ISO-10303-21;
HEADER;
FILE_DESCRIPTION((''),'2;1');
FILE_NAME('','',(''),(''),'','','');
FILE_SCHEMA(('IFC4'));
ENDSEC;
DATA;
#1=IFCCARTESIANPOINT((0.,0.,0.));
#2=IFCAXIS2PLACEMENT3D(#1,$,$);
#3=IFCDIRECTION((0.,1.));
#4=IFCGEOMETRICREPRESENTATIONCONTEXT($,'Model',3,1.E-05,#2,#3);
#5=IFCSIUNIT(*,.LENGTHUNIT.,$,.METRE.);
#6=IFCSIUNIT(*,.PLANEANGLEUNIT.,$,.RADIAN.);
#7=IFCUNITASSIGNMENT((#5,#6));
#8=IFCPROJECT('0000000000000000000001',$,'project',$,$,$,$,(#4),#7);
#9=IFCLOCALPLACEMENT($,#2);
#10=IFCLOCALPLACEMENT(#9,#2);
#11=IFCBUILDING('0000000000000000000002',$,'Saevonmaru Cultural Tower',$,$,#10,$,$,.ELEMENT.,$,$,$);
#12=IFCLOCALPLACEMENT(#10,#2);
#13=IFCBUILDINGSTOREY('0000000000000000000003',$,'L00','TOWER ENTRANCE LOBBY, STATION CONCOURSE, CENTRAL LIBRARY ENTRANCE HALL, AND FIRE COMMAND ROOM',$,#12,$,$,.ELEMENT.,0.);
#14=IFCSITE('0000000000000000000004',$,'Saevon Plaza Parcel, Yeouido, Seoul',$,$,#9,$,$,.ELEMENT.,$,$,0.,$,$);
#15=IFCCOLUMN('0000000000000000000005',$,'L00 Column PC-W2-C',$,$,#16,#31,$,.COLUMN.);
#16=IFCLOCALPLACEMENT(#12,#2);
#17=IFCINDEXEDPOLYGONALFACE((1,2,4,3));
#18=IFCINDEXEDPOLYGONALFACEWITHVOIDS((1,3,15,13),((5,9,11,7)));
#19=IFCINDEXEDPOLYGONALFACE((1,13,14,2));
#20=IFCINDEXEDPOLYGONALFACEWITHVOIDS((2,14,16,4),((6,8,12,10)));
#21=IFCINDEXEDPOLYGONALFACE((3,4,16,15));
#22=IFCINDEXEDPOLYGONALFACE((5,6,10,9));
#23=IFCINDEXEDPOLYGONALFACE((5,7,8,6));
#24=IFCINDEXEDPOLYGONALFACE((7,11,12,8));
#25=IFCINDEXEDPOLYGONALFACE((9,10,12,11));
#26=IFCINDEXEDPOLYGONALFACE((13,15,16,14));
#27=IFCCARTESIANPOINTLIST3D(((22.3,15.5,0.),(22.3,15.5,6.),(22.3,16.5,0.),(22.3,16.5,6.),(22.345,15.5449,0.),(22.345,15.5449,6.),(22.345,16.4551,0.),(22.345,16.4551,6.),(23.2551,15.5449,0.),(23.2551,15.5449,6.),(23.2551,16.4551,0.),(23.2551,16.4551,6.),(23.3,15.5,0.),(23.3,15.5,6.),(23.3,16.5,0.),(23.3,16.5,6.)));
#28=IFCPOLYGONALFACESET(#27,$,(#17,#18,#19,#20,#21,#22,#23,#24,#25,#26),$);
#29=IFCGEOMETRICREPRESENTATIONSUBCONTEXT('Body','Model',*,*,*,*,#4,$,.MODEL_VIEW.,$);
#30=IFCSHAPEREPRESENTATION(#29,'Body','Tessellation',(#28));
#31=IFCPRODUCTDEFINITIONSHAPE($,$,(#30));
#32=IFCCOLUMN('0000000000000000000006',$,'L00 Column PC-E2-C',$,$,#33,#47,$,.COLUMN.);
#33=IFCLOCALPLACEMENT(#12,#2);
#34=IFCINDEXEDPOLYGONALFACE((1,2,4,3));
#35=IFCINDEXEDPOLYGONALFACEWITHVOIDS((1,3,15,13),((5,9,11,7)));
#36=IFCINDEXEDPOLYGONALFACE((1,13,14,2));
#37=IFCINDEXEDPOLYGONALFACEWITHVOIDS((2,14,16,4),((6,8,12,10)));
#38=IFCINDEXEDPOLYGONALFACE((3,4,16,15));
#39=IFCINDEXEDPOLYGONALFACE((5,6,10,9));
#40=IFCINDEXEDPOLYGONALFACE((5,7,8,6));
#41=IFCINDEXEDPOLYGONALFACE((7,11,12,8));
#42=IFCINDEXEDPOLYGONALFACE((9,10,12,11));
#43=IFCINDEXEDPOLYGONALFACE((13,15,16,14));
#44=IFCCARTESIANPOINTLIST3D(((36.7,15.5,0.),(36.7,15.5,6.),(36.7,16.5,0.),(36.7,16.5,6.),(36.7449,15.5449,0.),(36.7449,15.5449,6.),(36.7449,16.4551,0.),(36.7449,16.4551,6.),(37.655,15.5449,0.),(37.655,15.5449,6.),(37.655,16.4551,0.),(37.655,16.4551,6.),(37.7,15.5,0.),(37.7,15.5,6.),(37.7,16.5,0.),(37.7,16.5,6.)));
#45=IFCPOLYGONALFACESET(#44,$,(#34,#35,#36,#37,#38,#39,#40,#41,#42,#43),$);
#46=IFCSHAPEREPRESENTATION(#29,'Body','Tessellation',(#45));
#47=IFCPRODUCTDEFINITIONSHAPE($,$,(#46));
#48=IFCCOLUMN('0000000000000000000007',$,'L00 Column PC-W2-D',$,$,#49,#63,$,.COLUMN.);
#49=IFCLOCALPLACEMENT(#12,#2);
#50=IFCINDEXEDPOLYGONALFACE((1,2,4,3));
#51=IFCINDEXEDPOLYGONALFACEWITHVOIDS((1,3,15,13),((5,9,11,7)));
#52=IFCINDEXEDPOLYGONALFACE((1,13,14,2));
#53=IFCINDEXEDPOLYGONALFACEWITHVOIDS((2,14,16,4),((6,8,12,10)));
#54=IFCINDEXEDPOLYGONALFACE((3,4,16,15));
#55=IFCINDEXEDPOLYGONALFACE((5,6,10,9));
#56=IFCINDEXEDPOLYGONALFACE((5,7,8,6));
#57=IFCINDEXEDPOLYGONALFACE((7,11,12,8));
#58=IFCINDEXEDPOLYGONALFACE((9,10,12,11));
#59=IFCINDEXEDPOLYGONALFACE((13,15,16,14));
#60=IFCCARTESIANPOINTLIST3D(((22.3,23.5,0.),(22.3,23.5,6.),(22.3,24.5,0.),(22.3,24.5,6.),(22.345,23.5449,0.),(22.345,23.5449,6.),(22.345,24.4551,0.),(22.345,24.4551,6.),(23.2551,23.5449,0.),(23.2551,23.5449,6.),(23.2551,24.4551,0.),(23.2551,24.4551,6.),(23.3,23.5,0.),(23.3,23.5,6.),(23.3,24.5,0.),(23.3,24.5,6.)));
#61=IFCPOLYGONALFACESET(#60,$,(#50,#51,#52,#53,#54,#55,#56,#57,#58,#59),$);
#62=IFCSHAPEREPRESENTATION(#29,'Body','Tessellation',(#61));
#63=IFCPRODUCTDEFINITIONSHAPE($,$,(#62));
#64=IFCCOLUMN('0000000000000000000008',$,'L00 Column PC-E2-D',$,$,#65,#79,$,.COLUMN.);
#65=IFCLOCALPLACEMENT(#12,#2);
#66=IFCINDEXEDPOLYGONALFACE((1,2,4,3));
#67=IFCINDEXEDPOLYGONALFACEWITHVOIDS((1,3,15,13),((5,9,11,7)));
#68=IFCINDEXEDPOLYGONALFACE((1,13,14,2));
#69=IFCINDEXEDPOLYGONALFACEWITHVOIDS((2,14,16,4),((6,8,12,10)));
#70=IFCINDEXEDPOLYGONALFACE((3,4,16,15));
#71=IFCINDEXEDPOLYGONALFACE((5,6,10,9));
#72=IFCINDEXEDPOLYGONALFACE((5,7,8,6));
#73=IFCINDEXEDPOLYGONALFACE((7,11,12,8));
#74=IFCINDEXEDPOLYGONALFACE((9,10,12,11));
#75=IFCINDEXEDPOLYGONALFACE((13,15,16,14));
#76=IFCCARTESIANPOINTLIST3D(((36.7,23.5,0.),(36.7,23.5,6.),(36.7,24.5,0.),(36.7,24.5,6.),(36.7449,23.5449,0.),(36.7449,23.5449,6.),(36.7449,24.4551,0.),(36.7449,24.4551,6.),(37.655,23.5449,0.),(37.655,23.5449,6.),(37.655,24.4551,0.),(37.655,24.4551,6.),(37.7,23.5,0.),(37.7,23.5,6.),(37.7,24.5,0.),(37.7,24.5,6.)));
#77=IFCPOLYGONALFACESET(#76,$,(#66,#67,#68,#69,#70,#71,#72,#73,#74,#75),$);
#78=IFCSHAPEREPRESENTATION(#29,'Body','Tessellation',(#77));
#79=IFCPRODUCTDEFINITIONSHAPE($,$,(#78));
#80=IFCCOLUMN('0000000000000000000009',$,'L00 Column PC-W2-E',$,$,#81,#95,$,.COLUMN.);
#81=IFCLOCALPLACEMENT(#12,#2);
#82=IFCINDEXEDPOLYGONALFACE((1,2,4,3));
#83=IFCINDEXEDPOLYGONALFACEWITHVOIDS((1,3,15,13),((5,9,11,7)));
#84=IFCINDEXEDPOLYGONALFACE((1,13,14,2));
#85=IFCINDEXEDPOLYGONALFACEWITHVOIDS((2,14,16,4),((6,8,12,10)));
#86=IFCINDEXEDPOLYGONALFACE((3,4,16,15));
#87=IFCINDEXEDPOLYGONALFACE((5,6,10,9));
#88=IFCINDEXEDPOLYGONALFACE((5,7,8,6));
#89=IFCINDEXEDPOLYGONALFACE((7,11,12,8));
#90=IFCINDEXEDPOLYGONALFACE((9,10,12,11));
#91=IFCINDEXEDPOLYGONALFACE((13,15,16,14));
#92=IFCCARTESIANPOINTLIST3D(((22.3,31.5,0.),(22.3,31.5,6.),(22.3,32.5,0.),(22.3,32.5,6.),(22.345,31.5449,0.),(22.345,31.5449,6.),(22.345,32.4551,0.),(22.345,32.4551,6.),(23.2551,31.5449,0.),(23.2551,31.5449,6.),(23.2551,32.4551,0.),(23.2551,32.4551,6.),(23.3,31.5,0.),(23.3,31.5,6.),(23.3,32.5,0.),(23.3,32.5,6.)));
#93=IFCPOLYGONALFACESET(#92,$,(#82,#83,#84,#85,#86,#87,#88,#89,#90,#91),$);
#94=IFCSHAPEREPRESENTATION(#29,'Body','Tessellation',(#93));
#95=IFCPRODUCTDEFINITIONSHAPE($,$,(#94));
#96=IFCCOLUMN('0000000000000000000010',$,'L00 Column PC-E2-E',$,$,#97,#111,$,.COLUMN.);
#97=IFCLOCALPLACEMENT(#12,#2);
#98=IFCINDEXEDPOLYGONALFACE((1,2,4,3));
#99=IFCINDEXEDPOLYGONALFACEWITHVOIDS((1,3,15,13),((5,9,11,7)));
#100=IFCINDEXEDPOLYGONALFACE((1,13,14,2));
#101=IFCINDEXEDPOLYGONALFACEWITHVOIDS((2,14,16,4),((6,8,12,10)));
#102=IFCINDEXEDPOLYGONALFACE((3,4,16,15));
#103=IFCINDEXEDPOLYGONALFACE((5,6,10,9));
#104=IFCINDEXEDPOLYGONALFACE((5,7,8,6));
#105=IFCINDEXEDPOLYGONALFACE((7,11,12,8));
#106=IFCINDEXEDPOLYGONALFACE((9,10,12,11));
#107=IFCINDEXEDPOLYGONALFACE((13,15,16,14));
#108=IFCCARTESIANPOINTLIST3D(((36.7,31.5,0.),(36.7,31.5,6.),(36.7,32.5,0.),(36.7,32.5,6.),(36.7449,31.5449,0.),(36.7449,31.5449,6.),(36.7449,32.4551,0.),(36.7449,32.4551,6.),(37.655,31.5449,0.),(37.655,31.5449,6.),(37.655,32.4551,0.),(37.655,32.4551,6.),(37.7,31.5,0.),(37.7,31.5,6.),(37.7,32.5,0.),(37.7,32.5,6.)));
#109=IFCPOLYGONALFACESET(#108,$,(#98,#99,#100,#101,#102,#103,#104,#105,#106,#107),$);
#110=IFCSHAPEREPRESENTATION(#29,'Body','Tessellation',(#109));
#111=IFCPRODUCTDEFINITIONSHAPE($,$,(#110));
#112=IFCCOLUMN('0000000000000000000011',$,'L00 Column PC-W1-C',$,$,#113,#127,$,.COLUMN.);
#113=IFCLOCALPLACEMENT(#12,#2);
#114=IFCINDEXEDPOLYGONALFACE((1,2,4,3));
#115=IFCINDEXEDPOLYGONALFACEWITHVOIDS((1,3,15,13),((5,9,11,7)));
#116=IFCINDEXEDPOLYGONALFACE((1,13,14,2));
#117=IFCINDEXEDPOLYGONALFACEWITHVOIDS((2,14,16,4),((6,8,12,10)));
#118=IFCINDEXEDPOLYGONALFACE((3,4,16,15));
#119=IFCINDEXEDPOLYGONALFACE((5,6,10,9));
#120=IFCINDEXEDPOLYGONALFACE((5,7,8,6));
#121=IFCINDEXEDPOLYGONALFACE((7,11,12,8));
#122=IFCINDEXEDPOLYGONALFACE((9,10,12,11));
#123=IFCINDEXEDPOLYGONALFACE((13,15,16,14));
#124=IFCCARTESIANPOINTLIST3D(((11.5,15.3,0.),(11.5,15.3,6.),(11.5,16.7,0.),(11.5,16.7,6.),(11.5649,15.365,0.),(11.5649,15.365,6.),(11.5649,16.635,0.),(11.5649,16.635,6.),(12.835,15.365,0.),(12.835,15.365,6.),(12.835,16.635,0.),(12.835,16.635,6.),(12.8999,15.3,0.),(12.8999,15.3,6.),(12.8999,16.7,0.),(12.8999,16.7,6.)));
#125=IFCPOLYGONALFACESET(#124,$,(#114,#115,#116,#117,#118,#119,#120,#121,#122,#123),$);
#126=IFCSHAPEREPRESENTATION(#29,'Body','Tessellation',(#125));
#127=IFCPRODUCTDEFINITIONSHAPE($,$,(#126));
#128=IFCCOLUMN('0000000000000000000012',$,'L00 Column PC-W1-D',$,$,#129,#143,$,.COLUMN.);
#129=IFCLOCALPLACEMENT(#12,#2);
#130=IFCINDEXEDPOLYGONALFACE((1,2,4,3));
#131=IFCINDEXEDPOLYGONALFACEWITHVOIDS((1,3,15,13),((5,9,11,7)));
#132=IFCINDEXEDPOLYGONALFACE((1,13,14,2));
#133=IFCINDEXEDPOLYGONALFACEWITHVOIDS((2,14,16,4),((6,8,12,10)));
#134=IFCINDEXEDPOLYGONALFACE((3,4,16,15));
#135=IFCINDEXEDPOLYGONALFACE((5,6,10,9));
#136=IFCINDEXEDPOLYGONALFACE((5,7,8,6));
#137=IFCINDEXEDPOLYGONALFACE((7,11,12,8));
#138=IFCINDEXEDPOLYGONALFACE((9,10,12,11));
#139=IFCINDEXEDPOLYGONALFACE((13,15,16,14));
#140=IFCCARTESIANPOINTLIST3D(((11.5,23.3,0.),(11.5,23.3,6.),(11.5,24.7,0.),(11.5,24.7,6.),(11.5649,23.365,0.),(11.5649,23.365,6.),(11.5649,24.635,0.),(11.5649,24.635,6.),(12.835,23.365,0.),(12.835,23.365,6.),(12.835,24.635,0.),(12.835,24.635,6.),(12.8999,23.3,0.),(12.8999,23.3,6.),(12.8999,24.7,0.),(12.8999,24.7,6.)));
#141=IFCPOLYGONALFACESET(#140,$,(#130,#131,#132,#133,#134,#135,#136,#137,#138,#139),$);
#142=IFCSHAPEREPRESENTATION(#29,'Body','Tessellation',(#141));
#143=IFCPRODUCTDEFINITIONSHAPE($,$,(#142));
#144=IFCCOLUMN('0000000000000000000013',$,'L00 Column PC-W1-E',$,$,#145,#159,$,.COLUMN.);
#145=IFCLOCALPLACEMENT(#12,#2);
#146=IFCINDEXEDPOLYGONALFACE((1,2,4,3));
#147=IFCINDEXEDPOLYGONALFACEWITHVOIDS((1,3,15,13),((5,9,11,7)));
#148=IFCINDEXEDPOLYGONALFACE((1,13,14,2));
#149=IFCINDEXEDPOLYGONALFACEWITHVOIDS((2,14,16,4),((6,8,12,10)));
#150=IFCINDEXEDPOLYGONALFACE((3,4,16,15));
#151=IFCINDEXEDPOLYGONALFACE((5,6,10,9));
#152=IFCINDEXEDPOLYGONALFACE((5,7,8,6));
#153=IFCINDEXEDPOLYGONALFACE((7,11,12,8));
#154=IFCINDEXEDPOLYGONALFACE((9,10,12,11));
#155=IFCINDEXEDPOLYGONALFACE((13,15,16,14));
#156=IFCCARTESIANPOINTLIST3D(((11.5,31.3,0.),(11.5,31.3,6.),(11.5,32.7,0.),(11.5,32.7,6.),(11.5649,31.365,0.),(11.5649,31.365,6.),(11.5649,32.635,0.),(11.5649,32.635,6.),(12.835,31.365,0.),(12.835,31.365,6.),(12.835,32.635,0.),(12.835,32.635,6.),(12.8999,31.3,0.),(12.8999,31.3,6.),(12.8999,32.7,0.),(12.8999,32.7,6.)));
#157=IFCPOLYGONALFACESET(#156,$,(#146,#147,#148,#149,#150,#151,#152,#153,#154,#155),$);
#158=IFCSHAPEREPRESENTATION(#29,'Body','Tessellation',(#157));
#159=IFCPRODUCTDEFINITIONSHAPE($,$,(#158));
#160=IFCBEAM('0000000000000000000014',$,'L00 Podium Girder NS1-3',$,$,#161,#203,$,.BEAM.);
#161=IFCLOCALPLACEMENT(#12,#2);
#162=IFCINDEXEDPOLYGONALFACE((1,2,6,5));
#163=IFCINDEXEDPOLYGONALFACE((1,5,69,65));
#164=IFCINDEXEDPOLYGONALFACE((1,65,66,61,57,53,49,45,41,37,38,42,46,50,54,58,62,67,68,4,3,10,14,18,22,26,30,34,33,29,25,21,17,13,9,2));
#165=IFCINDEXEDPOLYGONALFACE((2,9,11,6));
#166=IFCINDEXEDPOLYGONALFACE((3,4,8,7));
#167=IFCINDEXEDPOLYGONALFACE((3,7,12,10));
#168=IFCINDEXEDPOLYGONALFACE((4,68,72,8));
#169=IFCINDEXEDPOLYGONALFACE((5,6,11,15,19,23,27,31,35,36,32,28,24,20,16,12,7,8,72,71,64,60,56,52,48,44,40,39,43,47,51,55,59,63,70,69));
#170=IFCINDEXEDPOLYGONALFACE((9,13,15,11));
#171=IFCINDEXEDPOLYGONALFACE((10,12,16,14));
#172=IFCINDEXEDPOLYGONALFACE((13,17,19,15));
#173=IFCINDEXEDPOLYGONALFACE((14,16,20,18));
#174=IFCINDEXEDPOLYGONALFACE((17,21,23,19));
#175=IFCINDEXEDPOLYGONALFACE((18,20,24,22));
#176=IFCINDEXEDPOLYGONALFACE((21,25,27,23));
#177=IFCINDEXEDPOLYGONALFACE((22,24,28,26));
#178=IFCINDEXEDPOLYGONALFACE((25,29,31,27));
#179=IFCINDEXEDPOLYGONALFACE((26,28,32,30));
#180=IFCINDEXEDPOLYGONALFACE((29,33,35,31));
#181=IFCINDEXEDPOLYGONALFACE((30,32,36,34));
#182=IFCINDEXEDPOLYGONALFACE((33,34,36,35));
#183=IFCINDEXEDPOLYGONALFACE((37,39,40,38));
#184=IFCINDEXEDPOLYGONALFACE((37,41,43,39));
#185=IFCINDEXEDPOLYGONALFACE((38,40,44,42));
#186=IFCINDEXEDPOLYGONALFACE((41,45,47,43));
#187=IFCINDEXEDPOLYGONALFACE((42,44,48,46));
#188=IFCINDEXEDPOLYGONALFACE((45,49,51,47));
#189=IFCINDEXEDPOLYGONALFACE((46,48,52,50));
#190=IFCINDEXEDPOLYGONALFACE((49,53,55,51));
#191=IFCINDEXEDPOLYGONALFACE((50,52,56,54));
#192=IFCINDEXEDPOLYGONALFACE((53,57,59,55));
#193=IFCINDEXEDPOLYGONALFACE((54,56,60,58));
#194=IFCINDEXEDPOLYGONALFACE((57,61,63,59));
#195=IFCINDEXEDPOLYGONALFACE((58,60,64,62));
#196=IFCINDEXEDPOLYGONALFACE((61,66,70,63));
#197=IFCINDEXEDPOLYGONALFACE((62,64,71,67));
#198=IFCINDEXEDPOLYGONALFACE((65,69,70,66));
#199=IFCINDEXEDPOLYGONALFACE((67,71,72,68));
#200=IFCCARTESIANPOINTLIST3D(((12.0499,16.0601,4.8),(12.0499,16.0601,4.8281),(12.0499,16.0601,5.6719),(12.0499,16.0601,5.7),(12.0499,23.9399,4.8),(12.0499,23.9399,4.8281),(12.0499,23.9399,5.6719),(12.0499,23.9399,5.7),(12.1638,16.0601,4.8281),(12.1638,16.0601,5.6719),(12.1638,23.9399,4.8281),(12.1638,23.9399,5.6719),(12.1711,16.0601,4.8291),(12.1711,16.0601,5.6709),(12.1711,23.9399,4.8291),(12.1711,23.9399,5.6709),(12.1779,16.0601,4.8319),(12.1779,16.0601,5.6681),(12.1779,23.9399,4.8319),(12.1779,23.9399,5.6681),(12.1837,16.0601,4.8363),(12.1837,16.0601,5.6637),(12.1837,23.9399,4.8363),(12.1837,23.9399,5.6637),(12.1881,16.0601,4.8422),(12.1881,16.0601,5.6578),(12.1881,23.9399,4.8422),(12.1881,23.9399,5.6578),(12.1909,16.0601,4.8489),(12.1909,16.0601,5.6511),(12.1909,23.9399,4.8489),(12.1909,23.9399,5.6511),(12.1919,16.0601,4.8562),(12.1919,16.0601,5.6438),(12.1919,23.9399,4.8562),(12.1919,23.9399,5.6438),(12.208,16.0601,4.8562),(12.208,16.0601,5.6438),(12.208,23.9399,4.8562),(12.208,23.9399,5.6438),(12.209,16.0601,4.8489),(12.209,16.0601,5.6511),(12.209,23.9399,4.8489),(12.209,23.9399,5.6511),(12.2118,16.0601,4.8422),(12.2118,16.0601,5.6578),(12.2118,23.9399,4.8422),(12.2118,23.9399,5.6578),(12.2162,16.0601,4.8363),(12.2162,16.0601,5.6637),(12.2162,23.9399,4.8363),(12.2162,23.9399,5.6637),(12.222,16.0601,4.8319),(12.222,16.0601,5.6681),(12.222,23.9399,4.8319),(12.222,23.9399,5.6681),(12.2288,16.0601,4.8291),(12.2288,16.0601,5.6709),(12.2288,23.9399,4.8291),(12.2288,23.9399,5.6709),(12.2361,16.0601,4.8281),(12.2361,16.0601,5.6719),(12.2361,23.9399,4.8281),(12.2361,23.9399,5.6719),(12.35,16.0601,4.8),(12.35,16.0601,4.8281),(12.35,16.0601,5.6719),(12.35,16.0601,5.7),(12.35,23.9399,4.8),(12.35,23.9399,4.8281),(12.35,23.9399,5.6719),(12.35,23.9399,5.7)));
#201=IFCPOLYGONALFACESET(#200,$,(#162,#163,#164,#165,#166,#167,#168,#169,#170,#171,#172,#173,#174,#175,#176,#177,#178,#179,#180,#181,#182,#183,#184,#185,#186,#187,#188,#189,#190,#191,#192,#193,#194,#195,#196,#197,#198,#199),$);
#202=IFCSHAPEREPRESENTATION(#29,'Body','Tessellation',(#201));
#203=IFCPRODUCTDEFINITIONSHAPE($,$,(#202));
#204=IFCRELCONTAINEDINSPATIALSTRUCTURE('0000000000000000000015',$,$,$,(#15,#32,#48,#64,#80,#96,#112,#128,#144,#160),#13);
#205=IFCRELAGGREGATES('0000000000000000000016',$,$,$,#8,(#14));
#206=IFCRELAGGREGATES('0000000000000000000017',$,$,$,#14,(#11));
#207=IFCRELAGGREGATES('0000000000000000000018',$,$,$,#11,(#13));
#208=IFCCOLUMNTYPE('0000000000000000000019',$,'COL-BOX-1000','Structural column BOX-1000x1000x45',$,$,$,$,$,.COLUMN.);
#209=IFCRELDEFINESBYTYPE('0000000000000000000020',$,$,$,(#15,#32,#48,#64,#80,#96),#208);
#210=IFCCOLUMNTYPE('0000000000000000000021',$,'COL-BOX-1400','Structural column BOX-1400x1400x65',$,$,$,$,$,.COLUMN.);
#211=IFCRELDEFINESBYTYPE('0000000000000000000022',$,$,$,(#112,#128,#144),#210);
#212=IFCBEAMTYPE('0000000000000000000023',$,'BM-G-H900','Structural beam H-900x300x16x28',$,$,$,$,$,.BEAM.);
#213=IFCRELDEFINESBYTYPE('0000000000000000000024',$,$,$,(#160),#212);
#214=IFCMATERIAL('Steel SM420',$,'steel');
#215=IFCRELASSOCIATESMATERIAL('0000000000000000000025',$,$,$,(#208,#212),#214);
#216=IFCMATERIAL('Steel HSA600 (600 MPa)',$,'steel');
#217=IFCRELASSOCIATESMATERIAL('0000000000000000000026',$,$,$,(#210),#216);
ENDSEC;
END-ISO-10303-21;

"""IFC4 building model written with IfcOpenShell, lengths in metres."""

from ifc_helpers import new_model, si_unit, direction, frame, origin, origin_2d, place, context, subcontext, project, spatial, hollow_rectangle, i_section, extrude, material, material_profile, profile_set, type_object, element, save


model = new_model("IFC4")

# Units and contexts
model_context = context("Model", 3, precision=1e-05, world=origin(), true_north=direction((0.0, 1.0)))
body_context = subcontext(model_context, "Body", "Model", "MODEL_VIEW")
ifc_project = project(units=[si_unit("LENGTHUNIT", "METRE"), si_unit("PLANEANGLEUNIT", "RADIAN")], contexts=[model_context])

# Site, building, storey
site_placement = place(None, origin())
site = spatial("IfcSite", under=ifc_project, at=site_placement, Name="Saevon Plaza Parcel, Yeouido, Seoul", CompositionType="ELEMENT", RefElevation=0.0)
building_placement = place(site_placement, origin())
building = spatial("IfcBuilding", under=site, at=building_placement, Name="Saevonmaru Cultural Tower", CompositionType="ELEMENT")
storey_placement = place(building_placement, origin())
storey = spatial("IfcBuildingStorey", under=building, at=storey_placement, Name="L00", Description="TOWER ENTRANCE LOBBY, STATION CONCOURSE, CENTRAL LIBRARY ENTRANCE HALL, AND FIRE COMMAND ROOM", CompositionType="ELEMENT", Elevation=0.0)

# Columns
ifc_material_1 = material(Name="Steel SM420", Category="steel")
ifc_material_profile_1 = material_profile(ifc_material_1, hollow_rectangle(XDim=1.0, YDim=1.0, WallThickness=0.0449, at=origin_2d()), Name="BOX-1000x1000x45")
ifc_profile_set_1 = profile_set([ifc_material_profile_1], Name="Steel SM420")
column_type_1 = type_object("IfcColumnType", Name="COL-BOX-1000", Description="Structural column BOX-1000x1000x45", PredefinedType="COLUMN", material=ifc_profile_set_1)
for number, where, z_axis, x_axis, name in (
    (1, (22.8, 16.0, 0.0), (0.0, 0.0, 1.0), (1.0, 0.0, 0.0), "L00 Column PC-W2-C"),
    (2, (37.2, 16.0, 0.0), (0.0, 0.0, 1.0), (1.0, 0.0, 0.0), "L00 Column PC-E2-C"),
    (3, (22.8, 24.0, 0.0), (0.0, 0.0, 1.0), (1.0, 0.0, 0.0), "L00 Column PC-W2-D"),
    (4, (37.2, 24.0, 0.0), (0.0, 0.0, 1.0), (1.0, 0.0, 0.0), "L00 Column PC-E2-D"),
    (5, (22.8, 32.0, 0.0), (0.0, 0.0, 1.0), (1.0, 0.0, 0.0), "L00 Column PC-W2-E"),
    (6, (37.2, 32.0, 0.0), (0.0, 0.0, 1.0), (1.0, 0.0, 0.0), "L00 Column PC-E2-E"),
):
    element("IfcColumn", number, at=place(storey_placement, frame(where, z_axis=z_axis, x_axis=x_axis)), inside=storey, type_object=column_type_1, Name=name, PredefinedType="COLUMN", context=body_context, shape_type="SweptSolid", body=[
        extrude(hollow_rectangle(XDim=1.0, YDim=1.0, WallThickness=0.0449, at=origin_2d()), origin(), (0.0, 0.0, 1.0), 6.0),
    ])
ifc_material_2 = material(Name="Steel HSA600 (600 MPa)", Category="steel")
ifc_material_profile_2 = material_profile(ifc_material_2, hollow_rectangle(XDim=1.3999, YDim=1.3999, WallThickness=0.0649, at=origin_2d()), Name="BOX-1400x1400x65")
ifc_profile_set_2 = profile_set([ifc_material_profile_2], Name="Steel HSA600 (600 MPa)")
column_type_2 = type_object("IfcColumnType", Name="COL-BOX-1400", Description="Structural column BOX-1400x1400x65", PredefinedType="COLUMN", material=ifc_profile_set_2)
for number, where, z_axis, x_axis, name in (
    (7, (12.2, 16.0, 0.0), (0.0, 0.0, 1.0), (1.0, 0.0, 0.0), "L00 Column PC-W1-C"),
    (8, (12.2, 24.0, 0.0), (0.0, 0.0, 1.0), (1.0, 0.0, 0.0), "L00 Column PC-W1-D"),
    (9, (12.2, 32.0, 0.0), (0.0, 0.0, 1.0), (1.0, 0.0, 0.0), "L00 Column PC-W1-E"),
):
    element("IfcColumn", number, at=place(storey_placement, frame(where, z_axis=z_axis, x_axis=x_axis)), inside=storey, type_object=column_type_2, Name=name, PredefinedType="COLUMN", context=body_context, shape_type="SweptSolid", body=[
        extrude(hollow_rectangle(XDim=1.3999, YDim=1.3999, WallThickness=0.0649, at=origin_2d()), origin(), (0.0, 0.0, 1.0), 6.0),
    ])

# Beam
ifc_material_profile_3 = material_profile(ifc_material_1, i_section(OverallWidth=0.3, OverallDepth=0.8999, WebThickness=0.0161, FlangeThickness=0.0281, FilletRadius=0.0281, at=origin_2d()), Name="H-900x300x16x28")
ifc_profile_set_3 = profile_set([ifc_material_profile_3], Name="Steel SM420")
beam_type_1 = type_object("IfcBeamType", Name="BM-G-H900", Description="Structural beam H-900x300x16x28", PredefinedType="BEAM", material=ifc_profile_set_3)
for number, where, z_axis, x_axis, name in (
    (10, (12.2, 16.0601, 5.25), (0.0, 1.0, 0.0), (-1.0, 0.0, 0.0), "L00 Podium Girder NS1-3"),
):
    element("IfcBeam", number, at=place(storey_placement, frame(where, z_axis=z_axis, x_axis=x_axis)), inside=storey, type_object=beam_type_1, Name=name, PredefinedType="BEAM", context=body_context, shape_type="SweptSolid", body=[
        extrude(i_section(OverallWidth=0.3, OverallDepth=0.8999, WebThickness=0.0161, FlangeThickness=0.0281, FilletRadius=0.0281, at=origin_2d()), origin(), (0.0, 0.0, 1.0), 7.8799),
    ])

save(model, "model.ifc")
